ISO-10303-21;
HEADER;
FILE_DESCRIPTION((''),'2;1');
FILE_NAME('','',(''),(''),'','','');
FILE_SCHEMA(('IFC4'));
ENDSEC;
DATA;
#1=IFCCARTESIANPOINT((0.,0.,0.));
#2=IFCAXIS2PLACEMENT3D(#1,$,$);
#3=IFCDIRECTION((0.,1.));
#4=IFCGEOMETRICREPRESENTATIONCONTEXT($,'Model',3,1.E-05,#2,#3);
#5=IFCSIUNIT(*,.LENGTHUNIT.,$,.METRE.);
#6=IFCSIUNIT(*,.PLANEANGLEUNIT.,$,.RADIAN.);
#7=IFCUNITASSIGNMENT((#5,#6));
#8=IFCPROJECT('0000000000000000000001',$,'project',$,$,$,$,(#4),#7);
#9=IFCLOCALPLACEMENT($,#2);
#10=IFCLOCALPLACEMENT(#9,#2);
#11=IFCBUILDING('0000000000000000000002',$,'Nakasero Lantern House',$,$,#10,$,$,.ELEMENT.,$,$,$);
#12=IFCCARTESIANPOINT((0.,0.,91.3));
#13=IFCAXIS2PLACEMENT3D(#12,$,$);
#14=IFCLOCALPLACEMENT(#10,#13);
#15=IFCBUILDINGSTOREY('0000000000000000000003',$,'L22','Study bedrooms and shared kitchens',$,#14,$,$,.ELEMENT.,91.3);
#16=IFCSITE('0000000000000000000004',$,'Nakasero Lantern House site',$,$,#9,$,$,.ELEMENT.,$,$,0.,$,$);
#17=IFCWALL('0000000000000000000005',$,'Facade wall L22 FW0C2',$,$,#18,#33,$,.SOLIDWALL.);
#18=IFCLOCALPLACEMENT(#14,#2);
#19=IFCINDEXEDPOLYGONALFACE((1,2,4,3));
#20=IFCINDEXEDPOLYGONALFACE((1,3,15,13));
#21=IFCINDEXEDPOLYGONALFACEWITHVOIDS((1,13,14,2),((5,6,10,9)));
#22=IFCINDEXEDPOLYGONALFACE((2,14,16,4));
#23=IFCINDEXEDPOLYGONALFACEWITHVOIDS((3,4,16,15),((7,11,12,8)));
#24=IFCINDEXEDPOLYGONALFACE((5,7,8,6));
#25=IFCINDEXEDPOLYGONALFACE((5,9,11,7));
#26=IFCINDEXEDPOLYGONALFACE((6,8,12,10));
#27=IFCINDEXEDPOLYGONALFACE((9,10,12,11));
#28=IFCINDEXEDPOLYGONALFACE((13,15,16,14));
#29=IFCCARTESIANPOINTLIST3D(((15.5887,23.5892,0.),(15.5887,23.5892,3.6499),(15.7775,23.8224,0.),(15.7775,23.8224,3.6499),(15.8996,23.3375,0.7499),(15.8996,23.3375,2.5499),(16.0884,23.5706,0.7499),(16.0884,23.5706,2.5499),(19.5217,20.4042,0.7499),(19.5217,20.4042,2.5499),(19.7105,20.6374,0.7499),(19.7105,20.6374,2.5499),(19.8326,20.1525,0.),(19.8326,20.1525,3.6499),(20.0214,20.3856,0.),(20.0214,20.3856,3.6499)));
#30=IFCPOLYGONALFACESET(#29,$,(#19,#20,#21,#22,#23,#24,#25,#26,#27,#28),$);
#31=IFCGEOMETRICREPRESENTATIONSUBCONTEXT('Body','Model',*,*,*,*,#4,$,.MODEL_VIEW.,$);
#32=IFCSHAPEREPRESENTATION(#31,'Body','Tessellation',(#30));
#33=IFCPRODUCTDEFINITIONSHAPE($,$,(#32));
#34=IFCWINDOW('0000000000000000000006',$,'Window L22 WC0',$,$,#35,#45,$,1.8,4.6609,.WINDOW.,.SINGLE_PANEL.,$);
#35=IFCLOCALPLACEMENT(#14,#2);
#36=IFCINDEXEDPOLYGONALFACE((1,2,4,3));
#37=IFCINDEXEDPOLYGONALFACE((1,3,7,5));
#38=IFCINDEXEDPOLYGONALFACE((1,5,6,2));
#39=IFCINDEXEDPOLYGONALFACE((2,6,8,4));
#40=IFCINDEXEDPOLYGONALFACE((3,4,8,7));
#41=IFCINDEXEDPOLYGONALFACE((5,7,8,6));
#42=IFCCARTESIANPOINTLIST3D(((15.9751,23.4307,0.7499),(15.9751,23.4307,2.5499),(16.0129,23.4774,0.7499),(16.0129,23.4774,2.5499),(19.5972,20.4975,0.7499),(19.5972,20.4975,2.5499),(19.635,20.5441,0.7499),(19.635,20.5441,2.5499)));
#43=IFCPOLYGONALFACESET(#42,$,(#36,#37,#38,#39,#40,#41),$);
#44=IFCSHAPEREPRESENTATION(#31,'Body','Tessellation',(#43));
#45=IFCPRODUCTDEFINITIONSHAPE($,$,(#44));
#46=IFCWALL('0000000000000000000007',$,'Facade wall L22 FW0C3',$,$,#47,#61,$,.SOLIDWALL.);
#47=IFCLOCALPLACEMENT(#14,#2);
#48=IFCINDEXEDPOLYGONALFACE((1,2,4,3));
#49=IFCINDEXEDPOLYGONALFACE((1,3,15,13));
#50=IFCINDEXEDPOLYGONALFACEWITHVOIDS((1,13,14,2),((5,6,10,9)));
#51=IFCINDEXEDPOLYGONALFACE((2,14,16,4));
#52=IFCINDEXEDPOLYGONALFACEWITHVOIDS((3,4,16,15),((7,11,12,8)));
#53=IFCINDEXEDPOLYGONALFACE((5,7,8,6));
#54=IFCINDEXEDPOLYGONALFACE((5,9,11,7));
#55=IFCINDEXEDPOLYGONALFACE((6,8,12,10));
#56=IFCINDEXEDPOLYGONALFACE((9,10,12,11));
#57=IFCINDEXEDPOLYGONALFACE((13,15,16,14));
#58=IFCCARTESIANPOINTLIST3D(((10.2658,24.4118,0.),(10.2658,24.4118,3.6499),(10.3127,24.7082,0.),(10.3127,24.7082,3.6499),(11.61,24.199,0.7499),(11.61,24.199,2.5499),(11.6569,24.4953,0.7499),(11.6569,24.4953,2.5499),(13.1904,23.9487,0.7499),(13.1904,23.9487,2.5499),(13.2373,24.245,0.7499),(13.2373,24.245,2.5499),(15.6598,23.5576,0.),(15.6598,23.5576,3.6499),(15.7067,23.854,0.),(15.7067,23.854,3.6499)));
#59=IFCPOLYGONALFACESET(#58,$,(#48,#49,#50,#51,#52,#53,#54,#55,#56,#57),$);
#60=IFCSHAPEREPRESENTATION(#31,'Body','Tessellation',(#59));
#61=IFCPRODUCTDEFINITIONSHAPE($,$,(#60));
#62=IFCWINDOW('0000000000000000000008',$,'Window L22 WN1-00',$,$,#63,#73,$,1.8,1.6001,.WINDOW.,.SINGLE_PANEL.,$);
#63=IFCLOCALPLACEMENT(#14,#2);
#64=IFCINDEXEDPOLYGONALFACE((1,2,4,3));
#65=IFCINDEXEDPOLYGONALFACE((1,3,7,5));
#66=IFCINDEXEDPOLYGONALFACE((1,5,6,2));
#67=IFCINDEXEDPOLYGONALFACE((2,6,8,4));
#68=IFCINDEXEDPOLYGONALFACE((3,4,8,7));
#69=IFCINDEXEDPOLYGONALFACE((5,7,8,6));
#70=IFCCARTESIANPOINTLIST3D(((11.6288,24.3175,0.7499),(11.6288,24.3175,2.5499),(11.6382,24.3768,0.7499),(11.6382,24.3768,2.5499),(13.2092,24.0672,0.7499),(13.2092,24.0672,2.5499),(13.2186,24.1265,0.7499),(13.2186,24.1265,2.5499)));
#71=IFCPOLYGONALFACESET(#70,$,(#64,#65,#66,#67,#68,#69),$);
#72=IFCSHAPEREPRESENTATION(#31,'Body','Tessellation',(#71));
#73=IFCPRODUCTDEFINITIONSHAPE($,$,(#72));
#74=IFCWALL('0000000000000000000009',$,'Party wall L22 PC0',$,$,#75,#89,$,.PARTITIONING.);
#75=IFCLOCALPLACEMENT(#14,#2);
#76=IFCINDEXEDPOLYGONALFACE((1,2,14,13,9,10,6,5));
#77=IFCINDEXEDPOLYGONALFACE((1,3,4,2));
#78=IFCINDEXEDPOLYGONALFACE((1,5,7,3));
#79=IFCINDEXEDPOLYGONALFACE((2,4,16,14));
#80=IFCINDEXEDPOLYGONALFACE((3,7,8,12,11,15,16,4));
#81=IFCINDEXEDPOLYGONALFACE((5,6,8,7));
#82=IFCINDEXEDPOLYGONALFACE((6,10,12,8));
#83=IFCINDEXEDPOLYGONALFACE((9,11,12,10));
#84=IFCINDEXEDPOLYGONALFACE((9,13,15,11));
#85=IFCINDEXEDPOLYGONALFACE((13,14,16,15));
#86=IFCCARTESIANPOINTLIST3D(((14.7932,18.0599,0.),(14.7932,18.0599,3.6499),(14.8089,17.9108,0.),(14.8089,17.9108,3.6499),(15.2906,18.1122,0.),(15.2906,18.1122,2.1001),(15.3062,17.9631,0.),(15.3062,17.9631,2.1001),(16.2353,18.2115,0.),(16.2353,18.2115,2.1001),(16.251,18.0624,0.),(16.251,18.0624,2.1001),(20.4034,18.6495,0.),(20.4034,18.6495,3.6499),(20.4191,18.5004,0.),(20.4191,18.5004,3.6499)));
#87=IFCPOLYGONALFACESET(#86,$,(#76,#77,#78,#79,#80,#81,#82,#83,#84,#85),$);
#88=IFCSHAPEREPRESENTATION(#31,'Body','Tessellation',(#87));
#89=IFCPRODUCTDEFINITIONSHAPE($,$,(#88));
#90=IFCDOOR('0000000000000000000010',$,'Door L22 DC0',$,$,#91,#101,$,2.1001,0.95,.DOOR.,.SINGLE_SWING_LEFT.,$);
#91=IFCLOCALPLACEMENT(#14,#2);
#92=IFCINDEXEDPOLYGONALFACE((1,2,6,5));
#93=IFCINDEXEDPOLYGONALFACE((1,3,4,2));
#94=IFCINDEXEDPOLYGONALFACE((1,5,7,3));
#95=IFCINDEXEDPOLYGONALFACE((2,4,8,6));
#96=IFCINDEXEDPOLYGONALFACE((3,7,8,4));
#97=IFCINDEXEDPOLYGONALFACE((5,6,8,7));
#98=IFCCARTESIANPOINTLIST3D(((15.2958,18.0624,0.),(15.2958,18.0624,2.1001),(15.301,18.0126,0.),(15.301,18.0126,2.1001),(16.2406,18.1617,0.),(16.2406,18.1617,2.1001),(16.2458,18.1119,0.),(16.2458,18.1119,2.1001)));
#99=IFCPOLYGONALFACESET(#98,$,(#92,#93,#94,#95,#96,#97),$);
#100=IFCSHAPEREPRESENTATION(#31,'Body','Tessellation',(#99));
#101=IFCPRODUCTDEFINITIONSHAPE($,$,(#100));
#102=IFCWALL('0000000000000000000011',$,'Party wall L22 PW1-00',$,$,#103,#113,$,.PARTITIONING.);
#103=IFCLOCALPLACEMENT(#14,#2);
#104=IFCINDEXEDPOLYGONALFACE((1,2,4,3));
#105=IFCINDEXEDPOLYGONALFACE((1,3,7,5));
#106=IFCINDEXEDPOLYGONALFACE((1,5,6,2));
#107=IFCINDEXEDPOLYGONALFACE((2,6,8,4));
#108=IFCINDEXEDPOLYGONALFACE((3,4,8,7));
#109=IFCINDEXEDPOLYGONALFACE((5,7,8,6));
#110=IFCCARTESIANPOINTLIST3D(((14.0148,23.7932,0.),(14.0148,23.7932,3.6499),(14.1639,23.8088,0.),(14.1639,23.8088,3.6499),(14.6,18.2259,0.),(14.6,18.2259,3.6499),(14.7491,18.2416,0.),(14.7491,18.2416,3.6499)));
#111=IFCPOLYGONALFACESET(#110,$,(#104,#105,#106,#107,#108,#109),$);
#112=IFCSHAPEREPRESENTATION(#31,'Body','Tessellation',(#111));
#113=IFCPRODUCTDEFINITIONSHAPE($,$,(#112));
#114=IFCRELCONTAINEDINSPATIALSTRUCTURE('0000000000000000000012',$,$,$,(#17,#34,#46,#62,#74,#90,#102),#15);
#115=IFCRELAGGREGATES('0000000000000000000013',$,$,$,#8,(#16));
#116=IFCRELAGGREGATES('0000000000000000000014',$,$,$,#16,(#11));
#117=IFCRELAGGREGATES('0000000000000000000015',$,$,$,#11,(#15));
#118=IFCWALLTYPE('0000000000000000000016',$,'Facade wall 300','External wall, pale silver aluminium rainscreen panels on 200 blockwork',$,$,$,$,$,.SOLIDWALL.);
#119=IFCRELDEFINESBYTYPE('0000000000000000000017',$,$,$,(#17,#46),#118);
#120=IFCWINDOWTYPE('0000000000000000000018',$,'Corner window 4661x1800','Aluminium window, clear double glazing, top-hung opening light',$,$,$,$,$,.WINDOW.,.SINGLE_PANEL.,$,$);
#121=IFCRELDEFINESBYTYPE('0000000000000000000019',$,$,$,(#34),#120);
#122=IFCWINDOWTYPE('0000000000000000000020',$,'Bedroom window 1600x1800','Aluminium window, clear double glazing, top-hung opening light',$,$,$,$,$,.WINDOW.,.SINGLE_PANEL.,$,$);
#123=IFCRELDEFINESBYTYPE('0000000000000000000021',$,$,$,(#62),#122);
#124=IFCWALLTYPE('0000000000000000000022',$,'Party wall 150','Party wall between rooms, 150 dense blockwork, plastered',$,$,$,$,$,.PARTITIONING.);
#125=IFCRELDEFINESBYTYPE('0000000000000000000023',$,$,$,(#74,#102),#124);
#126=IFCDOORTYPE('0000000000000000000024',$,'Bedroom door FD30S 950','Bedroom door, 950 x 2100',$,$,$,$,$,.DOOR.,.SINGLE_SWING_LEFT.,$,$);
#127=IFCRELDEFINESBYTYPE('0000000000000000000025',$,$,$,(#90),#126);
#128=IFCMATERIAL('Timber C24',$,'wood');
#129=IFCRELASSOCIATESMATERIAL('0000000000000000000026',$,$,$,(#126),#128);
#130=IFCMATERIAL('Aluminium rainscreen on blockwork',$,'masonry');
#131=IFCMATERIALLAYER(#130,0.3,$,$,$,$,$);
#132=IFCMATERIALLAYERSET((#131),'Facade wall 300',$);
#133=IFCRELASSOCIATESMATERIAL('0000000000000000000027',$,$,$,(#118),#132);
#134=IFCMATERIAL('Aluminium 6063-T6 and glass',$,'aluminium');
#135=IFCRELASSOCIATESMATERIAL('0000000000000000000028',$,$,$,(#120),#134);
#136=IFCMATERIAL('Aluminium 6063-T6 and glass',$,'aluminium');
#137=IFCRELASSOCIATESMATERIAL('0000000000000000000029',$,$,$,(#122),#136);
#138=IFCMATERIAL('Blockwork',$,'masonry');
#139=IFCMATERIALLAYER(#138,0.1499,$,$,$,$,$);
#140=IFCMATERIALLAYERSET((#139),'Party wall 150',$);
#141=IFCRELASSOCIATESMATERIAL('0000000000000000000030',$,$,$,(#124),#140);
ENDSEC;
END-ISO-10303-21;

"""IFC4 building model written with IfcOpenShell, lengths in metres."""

from ifc_helpers import new_model, si_unit, direction, frame, frame_2d, origin, place, context, subcontext, project, spatial, rectangle, extrude, material, layer, layer_set, type_object, element, fill, save


model = new_model("IFC4")

# Units and contexts
model_context = context("Model", 3, precision=1e-05, world=origin(), true_north=direction((0.0, 1.0)))
body_context = subcontext(model_context, "Body", "Model", "MODEL_VIEW")
ifc_project = project(units=[si_unit("LENGTHUNIT", "METRE"), si_unit("PLANEANGLEUNIT", "RADIAN")], contexts=[model_context])

# Site, building, storey
site_placement = place(None, origin())
site = spatial("IfcSite", under=ifc_project, at=site_placement, Name="Nakasero Lantern House site", CompositionType="ELEMENT", RefElevation=0.0)
building_placement = place(site_placement, origin())
building = spatial("IfcBuilding", under=site, at=building_placement, Name="Nakasero Lantern House", CompositionType="ELEMENT")
storey_placement = place(building_placement, frame((0.0, 0.0, 91.3)))
storey = spatial("IfcBuildingStorey", under=building, at=storey_placement, Name="L22", Description="Study bedrooms and shared kitchens", CompositionType="ELEMENT", Elevation=91.3)

# Shared definitions
ifc_material_1 = material(Name="Timber C24", Category="wood")
door_type_1 = type_object("IfcDoorType", Name="Bedroom door FD30S 950", Description="Bedroom door, 950 x 2100", OperationType="SINGLE_SWING_LEFT", PredefinedType="DOOR", material=ifc_material_1)

# Walls, openings, windows
ifc_material_2 = material(Name="Aluminium rainscreen on blockwork", Category="masonry")
ifc_layer_1 = layer(ifc_material_2, 0.3)
ifc_layer_set_1 = layer_set([ifc_layer_1], Name="Facade wall 300")
wall_type_1 = type_object("IfcWallType", Name="Facade wall 300", Description="External wall, pale silver aluminium rainscreen panels on 200 blockwork", PredefinedType="SOLIDWALL", material=ifc_layer_set_1)
wall_1_placement = place(storey_placement, frame((19.927, 20.269, 0.0), z_axis=(0.0, 0.0, 1.0), x_axis=(-0.777135, 0.629335, 0.0)))
wall_1 = element("IfcWall", 1, at=wall_1_placement, inside=storey, type_object=wall_type_1, Name="Facade wall L22 FW0C2", PredefinedType="SOLIDWALL", context=body_context, shape_type="SweptSolid", body=[
    extrude(rectangle(XDim=5.4609, YDim=0.3, at=frame_2d((2.7305, 0.0))), origin(), (0.0, 0.0, 1.0), 3.6499),
])
opening_1_placement = place(wall_1_placement, frame((0.3999, 0.0, 0.75)))
opening_1 = element("IfcOpeningElement", 2, at=opening_1_placement, cuts=wall_1, PredefinedType="OPENING", context=body_context, shape_type="SweptSolid", body=[
    extrude(rectangle(XDim=4.6609, YDim=1.8, at=frame_2d((2.3306, 0.8999))), frame((0.0, 0.1699, 0.0), z_axis=(0.0, -1.0, 0.0), x_axis=(1.0, 0.0, 0.0)), (0.0, 0.0, 1.0), 0.3401),
])
ifc_material_3 = material(Name="Aluminium 6063-T6 and glass", Category="aluminium")
window_type_1 = type_object("IfcWindowType", Name="Corner window 4661x1800", Description="Aluminium window, clear double glazing, top-hung opening light", PartitioningType="SINGLE_PANEL", PredefinedType="WINDOW", material=ifc_material_3)
window_1_placement = place(opening_1_placement, origin())
window_1 = element("IfcWindow", 3, at=window_1_placement, inside=storey, type_object=window_type_1, Name="Window L22 WC0", OverallHeight=1.8, OverallWidth=4.6609, PartitioningType="SINGLE_PANEL", PredefinedType="WINDOW", context=body_context, shape_type="SweptSolid", body=[
    extrude(rectangle(XDim=4.6609, YDim=1.8, at=frame_2d((2.3306, 0.8999))), frame((0.0, 0.03, 0.0), z_axis=(0.0, -1.0, 0.0), x_axis=(1.0, 0.0, 0.0)), (0.0, 0.0, 1.0), 0.0601),
])
fill(opening_1, window_1)
wall_2_placement = place(storey_placement, frame((15.6831, 23.7058, 0.0), z_axis=(0.0, 0.0, 1.0), x_axis=(-0.987691, 0.156419, 0.0)))
wall_2 = element("IfcWall", 4, at=wall_2_placement, inside=storey, type_object=wall_type_1, Name="Facade wall L22 FW0C3", PredefinedType="SOLIDWALL", context=body_context, shape_type="SweptSolid", body=[
    extrude(rectangle(XDim=5.4612, YDim=0.3, at=frame_2d((2.7305, 0.0))), origin(), (0.0, 0.0, 1.0), 3.6499),
])
opening_2_placement = place(wall_2_placement, frame((2.5, 0.0, 0.75)))
opening_2 = element("IfcOpeningElement", 5, at=opening_2_placement, cuts=wall_2, PredefinedType="OPENING", context=body_context, shape_type="SweptSolid", body=[
    extrude(rectangle(XDim=1.6001, YDim=1.8, at=frame_2d((0.8, 0.8999))), frame((0.0, 0.1699, 0.0), z_axis=(0.0, -1.0, 0.0), x_axis=(1.0, 0.0, 0.0)), (0.0, 0.0, 1.0), 0.3401),
])
ifc_material_4 = material(Name="Aluminium 6063-T6 and glass", Category="aluminium")
window_type_2 = type_object("IfcWindowType", Name="Bedroom window 1600x1800", Description="Aluminium window, clear double glazing, top-hung opening light", PartitioningType="SINGLE_PANEL", PredefinedType="WINDOW", material=ifc_material_4)
window_2_placement = place(opening_2_placement, origin())
window_2 = element("IfcWindow", 6, at=window_2_placement, inside=storey, type_object=window_type_2, Name="Window L22 WN1-00", OverallHeight=1.8, OverallWidth=1.6001, PartitioningType="SINGLE_PANEL", PredefinedType="WINDOW", context=body_context, shape_type="SweptSolid", body=[
    extrude(rectangle(XDim=1.6001, YDim=1.8, at=frame_2d((0.8, 0.8999))), frame((0.0, 0.03, 0.0), z_axis=(0.0, -1.0, 0.0), x_axis=(1.0, 0.0, 0.0)), (0.0, 0.0, 1.0), 0.0601),
])
fill(opening_2, window_2)

# Wall, opening, door
ifc_material_5 = material(Name="Blockwork", Category="masonry")
ifc_layer_2 = layer(ifc_material_5, 0.1499)
ifc_layer_set_2 = layer_set([ifc_layer_2], Name="Party wall 150")
wall_type_2 = type_object("IfcWallType", Name="Party wall 150", Description="Party wall between rooms, 150 dense blockwork, plastered", PredefinedType="PARTITIONING", material=ifc_layer_set_2)
wall_3_placement = place(storey_placement, frame((14.801, 17.9854, 0.0), z_axis=(0.0, 0.0, 1.0), x_axis=(0.994523, 0.10452, 0.0)))
wall_3 = element("IfcWall", 7, at=wall_3_placement, inside=storey, type_object=wall_type_2, Name="Party wall L22 PC0", PredefinedType="PARTITIONING", context=body_context, shape_type="SweptSolid", body=[
    extrude(rectangle(XDim=5.6411, YDim=0.1499, at=frame_2d((2.8206, 0.0))), origin(), (0.0, 0.0, 1.0), 3.6499),
])
opening_3_placement = place(wall_3_placement, frame((0.5, 0.0, 0.0)))
opening_3 = element("IfcOpeningElement", 8, at=opening_3_placement, cuts=wall_3, PredefinedType="OPENING", context=body_context, shape_type="SweptSolid", body=[
    extrude(rectangle(XDim=0.95, YDim=2.1001, at=frame_2d((0.4751, 1.05))), frame((0.0, 0.095, 0.0), z_axis=(0.0, -1.0, 0.0), x_axis=(1.0, 0.0, 0.0)), (0.0, 0.0, 1.0), 0.1899),
])
door_1_placement = place(opening_3_placement, origin())
door_1 = element("IfcDoor", 9, at=door_1_placement, inside=storey, type_object=door_type_1, Name="Door L22 DC0", OperationType="SINGLE_SWING_LEFT", OverallHeight=2.1001, OverallWidth=0.95, PredefinedType="DOOR", context=body_context, shape_type="SweptSolid", body=[
    extrude(rectangle(XDim=0.95, YDim=2.1001, at=frame_2d((0.4751, 1.05))), frame((0.0, 0.0249, 0.0), z_axis=(0.0, -1.0, 0.0), x_axis=(1.0, 0.0, 0.0)), (0.0, 0.0, 1.0), 0.05),
])
fill(opening_3, door_1)

# Wall
wall_4_placement = place(storey_placement, frame((14.6746, 18.2339, 0.0), z_axis=(0.0, 0.0, 1.0), x_axis=(-0.104542, 0.99452, 0.0)))
element("IfcWall", 10, at=wall_4_placement, inside=storey, type_object=wall_type_2, Name="Party wall L22 PW1-00", PredefinedType="PARTITIONING", context=body_context, shape_type="SweptSolid", body=[
    extrude(rectangle(XDim=5.5979, YDim=0.1499, at=frame_2d((2.7988, 0.0))), origin(), (0.0, 0.0, 1.0), 3.6499),
])

save(model, "model.ifc")
